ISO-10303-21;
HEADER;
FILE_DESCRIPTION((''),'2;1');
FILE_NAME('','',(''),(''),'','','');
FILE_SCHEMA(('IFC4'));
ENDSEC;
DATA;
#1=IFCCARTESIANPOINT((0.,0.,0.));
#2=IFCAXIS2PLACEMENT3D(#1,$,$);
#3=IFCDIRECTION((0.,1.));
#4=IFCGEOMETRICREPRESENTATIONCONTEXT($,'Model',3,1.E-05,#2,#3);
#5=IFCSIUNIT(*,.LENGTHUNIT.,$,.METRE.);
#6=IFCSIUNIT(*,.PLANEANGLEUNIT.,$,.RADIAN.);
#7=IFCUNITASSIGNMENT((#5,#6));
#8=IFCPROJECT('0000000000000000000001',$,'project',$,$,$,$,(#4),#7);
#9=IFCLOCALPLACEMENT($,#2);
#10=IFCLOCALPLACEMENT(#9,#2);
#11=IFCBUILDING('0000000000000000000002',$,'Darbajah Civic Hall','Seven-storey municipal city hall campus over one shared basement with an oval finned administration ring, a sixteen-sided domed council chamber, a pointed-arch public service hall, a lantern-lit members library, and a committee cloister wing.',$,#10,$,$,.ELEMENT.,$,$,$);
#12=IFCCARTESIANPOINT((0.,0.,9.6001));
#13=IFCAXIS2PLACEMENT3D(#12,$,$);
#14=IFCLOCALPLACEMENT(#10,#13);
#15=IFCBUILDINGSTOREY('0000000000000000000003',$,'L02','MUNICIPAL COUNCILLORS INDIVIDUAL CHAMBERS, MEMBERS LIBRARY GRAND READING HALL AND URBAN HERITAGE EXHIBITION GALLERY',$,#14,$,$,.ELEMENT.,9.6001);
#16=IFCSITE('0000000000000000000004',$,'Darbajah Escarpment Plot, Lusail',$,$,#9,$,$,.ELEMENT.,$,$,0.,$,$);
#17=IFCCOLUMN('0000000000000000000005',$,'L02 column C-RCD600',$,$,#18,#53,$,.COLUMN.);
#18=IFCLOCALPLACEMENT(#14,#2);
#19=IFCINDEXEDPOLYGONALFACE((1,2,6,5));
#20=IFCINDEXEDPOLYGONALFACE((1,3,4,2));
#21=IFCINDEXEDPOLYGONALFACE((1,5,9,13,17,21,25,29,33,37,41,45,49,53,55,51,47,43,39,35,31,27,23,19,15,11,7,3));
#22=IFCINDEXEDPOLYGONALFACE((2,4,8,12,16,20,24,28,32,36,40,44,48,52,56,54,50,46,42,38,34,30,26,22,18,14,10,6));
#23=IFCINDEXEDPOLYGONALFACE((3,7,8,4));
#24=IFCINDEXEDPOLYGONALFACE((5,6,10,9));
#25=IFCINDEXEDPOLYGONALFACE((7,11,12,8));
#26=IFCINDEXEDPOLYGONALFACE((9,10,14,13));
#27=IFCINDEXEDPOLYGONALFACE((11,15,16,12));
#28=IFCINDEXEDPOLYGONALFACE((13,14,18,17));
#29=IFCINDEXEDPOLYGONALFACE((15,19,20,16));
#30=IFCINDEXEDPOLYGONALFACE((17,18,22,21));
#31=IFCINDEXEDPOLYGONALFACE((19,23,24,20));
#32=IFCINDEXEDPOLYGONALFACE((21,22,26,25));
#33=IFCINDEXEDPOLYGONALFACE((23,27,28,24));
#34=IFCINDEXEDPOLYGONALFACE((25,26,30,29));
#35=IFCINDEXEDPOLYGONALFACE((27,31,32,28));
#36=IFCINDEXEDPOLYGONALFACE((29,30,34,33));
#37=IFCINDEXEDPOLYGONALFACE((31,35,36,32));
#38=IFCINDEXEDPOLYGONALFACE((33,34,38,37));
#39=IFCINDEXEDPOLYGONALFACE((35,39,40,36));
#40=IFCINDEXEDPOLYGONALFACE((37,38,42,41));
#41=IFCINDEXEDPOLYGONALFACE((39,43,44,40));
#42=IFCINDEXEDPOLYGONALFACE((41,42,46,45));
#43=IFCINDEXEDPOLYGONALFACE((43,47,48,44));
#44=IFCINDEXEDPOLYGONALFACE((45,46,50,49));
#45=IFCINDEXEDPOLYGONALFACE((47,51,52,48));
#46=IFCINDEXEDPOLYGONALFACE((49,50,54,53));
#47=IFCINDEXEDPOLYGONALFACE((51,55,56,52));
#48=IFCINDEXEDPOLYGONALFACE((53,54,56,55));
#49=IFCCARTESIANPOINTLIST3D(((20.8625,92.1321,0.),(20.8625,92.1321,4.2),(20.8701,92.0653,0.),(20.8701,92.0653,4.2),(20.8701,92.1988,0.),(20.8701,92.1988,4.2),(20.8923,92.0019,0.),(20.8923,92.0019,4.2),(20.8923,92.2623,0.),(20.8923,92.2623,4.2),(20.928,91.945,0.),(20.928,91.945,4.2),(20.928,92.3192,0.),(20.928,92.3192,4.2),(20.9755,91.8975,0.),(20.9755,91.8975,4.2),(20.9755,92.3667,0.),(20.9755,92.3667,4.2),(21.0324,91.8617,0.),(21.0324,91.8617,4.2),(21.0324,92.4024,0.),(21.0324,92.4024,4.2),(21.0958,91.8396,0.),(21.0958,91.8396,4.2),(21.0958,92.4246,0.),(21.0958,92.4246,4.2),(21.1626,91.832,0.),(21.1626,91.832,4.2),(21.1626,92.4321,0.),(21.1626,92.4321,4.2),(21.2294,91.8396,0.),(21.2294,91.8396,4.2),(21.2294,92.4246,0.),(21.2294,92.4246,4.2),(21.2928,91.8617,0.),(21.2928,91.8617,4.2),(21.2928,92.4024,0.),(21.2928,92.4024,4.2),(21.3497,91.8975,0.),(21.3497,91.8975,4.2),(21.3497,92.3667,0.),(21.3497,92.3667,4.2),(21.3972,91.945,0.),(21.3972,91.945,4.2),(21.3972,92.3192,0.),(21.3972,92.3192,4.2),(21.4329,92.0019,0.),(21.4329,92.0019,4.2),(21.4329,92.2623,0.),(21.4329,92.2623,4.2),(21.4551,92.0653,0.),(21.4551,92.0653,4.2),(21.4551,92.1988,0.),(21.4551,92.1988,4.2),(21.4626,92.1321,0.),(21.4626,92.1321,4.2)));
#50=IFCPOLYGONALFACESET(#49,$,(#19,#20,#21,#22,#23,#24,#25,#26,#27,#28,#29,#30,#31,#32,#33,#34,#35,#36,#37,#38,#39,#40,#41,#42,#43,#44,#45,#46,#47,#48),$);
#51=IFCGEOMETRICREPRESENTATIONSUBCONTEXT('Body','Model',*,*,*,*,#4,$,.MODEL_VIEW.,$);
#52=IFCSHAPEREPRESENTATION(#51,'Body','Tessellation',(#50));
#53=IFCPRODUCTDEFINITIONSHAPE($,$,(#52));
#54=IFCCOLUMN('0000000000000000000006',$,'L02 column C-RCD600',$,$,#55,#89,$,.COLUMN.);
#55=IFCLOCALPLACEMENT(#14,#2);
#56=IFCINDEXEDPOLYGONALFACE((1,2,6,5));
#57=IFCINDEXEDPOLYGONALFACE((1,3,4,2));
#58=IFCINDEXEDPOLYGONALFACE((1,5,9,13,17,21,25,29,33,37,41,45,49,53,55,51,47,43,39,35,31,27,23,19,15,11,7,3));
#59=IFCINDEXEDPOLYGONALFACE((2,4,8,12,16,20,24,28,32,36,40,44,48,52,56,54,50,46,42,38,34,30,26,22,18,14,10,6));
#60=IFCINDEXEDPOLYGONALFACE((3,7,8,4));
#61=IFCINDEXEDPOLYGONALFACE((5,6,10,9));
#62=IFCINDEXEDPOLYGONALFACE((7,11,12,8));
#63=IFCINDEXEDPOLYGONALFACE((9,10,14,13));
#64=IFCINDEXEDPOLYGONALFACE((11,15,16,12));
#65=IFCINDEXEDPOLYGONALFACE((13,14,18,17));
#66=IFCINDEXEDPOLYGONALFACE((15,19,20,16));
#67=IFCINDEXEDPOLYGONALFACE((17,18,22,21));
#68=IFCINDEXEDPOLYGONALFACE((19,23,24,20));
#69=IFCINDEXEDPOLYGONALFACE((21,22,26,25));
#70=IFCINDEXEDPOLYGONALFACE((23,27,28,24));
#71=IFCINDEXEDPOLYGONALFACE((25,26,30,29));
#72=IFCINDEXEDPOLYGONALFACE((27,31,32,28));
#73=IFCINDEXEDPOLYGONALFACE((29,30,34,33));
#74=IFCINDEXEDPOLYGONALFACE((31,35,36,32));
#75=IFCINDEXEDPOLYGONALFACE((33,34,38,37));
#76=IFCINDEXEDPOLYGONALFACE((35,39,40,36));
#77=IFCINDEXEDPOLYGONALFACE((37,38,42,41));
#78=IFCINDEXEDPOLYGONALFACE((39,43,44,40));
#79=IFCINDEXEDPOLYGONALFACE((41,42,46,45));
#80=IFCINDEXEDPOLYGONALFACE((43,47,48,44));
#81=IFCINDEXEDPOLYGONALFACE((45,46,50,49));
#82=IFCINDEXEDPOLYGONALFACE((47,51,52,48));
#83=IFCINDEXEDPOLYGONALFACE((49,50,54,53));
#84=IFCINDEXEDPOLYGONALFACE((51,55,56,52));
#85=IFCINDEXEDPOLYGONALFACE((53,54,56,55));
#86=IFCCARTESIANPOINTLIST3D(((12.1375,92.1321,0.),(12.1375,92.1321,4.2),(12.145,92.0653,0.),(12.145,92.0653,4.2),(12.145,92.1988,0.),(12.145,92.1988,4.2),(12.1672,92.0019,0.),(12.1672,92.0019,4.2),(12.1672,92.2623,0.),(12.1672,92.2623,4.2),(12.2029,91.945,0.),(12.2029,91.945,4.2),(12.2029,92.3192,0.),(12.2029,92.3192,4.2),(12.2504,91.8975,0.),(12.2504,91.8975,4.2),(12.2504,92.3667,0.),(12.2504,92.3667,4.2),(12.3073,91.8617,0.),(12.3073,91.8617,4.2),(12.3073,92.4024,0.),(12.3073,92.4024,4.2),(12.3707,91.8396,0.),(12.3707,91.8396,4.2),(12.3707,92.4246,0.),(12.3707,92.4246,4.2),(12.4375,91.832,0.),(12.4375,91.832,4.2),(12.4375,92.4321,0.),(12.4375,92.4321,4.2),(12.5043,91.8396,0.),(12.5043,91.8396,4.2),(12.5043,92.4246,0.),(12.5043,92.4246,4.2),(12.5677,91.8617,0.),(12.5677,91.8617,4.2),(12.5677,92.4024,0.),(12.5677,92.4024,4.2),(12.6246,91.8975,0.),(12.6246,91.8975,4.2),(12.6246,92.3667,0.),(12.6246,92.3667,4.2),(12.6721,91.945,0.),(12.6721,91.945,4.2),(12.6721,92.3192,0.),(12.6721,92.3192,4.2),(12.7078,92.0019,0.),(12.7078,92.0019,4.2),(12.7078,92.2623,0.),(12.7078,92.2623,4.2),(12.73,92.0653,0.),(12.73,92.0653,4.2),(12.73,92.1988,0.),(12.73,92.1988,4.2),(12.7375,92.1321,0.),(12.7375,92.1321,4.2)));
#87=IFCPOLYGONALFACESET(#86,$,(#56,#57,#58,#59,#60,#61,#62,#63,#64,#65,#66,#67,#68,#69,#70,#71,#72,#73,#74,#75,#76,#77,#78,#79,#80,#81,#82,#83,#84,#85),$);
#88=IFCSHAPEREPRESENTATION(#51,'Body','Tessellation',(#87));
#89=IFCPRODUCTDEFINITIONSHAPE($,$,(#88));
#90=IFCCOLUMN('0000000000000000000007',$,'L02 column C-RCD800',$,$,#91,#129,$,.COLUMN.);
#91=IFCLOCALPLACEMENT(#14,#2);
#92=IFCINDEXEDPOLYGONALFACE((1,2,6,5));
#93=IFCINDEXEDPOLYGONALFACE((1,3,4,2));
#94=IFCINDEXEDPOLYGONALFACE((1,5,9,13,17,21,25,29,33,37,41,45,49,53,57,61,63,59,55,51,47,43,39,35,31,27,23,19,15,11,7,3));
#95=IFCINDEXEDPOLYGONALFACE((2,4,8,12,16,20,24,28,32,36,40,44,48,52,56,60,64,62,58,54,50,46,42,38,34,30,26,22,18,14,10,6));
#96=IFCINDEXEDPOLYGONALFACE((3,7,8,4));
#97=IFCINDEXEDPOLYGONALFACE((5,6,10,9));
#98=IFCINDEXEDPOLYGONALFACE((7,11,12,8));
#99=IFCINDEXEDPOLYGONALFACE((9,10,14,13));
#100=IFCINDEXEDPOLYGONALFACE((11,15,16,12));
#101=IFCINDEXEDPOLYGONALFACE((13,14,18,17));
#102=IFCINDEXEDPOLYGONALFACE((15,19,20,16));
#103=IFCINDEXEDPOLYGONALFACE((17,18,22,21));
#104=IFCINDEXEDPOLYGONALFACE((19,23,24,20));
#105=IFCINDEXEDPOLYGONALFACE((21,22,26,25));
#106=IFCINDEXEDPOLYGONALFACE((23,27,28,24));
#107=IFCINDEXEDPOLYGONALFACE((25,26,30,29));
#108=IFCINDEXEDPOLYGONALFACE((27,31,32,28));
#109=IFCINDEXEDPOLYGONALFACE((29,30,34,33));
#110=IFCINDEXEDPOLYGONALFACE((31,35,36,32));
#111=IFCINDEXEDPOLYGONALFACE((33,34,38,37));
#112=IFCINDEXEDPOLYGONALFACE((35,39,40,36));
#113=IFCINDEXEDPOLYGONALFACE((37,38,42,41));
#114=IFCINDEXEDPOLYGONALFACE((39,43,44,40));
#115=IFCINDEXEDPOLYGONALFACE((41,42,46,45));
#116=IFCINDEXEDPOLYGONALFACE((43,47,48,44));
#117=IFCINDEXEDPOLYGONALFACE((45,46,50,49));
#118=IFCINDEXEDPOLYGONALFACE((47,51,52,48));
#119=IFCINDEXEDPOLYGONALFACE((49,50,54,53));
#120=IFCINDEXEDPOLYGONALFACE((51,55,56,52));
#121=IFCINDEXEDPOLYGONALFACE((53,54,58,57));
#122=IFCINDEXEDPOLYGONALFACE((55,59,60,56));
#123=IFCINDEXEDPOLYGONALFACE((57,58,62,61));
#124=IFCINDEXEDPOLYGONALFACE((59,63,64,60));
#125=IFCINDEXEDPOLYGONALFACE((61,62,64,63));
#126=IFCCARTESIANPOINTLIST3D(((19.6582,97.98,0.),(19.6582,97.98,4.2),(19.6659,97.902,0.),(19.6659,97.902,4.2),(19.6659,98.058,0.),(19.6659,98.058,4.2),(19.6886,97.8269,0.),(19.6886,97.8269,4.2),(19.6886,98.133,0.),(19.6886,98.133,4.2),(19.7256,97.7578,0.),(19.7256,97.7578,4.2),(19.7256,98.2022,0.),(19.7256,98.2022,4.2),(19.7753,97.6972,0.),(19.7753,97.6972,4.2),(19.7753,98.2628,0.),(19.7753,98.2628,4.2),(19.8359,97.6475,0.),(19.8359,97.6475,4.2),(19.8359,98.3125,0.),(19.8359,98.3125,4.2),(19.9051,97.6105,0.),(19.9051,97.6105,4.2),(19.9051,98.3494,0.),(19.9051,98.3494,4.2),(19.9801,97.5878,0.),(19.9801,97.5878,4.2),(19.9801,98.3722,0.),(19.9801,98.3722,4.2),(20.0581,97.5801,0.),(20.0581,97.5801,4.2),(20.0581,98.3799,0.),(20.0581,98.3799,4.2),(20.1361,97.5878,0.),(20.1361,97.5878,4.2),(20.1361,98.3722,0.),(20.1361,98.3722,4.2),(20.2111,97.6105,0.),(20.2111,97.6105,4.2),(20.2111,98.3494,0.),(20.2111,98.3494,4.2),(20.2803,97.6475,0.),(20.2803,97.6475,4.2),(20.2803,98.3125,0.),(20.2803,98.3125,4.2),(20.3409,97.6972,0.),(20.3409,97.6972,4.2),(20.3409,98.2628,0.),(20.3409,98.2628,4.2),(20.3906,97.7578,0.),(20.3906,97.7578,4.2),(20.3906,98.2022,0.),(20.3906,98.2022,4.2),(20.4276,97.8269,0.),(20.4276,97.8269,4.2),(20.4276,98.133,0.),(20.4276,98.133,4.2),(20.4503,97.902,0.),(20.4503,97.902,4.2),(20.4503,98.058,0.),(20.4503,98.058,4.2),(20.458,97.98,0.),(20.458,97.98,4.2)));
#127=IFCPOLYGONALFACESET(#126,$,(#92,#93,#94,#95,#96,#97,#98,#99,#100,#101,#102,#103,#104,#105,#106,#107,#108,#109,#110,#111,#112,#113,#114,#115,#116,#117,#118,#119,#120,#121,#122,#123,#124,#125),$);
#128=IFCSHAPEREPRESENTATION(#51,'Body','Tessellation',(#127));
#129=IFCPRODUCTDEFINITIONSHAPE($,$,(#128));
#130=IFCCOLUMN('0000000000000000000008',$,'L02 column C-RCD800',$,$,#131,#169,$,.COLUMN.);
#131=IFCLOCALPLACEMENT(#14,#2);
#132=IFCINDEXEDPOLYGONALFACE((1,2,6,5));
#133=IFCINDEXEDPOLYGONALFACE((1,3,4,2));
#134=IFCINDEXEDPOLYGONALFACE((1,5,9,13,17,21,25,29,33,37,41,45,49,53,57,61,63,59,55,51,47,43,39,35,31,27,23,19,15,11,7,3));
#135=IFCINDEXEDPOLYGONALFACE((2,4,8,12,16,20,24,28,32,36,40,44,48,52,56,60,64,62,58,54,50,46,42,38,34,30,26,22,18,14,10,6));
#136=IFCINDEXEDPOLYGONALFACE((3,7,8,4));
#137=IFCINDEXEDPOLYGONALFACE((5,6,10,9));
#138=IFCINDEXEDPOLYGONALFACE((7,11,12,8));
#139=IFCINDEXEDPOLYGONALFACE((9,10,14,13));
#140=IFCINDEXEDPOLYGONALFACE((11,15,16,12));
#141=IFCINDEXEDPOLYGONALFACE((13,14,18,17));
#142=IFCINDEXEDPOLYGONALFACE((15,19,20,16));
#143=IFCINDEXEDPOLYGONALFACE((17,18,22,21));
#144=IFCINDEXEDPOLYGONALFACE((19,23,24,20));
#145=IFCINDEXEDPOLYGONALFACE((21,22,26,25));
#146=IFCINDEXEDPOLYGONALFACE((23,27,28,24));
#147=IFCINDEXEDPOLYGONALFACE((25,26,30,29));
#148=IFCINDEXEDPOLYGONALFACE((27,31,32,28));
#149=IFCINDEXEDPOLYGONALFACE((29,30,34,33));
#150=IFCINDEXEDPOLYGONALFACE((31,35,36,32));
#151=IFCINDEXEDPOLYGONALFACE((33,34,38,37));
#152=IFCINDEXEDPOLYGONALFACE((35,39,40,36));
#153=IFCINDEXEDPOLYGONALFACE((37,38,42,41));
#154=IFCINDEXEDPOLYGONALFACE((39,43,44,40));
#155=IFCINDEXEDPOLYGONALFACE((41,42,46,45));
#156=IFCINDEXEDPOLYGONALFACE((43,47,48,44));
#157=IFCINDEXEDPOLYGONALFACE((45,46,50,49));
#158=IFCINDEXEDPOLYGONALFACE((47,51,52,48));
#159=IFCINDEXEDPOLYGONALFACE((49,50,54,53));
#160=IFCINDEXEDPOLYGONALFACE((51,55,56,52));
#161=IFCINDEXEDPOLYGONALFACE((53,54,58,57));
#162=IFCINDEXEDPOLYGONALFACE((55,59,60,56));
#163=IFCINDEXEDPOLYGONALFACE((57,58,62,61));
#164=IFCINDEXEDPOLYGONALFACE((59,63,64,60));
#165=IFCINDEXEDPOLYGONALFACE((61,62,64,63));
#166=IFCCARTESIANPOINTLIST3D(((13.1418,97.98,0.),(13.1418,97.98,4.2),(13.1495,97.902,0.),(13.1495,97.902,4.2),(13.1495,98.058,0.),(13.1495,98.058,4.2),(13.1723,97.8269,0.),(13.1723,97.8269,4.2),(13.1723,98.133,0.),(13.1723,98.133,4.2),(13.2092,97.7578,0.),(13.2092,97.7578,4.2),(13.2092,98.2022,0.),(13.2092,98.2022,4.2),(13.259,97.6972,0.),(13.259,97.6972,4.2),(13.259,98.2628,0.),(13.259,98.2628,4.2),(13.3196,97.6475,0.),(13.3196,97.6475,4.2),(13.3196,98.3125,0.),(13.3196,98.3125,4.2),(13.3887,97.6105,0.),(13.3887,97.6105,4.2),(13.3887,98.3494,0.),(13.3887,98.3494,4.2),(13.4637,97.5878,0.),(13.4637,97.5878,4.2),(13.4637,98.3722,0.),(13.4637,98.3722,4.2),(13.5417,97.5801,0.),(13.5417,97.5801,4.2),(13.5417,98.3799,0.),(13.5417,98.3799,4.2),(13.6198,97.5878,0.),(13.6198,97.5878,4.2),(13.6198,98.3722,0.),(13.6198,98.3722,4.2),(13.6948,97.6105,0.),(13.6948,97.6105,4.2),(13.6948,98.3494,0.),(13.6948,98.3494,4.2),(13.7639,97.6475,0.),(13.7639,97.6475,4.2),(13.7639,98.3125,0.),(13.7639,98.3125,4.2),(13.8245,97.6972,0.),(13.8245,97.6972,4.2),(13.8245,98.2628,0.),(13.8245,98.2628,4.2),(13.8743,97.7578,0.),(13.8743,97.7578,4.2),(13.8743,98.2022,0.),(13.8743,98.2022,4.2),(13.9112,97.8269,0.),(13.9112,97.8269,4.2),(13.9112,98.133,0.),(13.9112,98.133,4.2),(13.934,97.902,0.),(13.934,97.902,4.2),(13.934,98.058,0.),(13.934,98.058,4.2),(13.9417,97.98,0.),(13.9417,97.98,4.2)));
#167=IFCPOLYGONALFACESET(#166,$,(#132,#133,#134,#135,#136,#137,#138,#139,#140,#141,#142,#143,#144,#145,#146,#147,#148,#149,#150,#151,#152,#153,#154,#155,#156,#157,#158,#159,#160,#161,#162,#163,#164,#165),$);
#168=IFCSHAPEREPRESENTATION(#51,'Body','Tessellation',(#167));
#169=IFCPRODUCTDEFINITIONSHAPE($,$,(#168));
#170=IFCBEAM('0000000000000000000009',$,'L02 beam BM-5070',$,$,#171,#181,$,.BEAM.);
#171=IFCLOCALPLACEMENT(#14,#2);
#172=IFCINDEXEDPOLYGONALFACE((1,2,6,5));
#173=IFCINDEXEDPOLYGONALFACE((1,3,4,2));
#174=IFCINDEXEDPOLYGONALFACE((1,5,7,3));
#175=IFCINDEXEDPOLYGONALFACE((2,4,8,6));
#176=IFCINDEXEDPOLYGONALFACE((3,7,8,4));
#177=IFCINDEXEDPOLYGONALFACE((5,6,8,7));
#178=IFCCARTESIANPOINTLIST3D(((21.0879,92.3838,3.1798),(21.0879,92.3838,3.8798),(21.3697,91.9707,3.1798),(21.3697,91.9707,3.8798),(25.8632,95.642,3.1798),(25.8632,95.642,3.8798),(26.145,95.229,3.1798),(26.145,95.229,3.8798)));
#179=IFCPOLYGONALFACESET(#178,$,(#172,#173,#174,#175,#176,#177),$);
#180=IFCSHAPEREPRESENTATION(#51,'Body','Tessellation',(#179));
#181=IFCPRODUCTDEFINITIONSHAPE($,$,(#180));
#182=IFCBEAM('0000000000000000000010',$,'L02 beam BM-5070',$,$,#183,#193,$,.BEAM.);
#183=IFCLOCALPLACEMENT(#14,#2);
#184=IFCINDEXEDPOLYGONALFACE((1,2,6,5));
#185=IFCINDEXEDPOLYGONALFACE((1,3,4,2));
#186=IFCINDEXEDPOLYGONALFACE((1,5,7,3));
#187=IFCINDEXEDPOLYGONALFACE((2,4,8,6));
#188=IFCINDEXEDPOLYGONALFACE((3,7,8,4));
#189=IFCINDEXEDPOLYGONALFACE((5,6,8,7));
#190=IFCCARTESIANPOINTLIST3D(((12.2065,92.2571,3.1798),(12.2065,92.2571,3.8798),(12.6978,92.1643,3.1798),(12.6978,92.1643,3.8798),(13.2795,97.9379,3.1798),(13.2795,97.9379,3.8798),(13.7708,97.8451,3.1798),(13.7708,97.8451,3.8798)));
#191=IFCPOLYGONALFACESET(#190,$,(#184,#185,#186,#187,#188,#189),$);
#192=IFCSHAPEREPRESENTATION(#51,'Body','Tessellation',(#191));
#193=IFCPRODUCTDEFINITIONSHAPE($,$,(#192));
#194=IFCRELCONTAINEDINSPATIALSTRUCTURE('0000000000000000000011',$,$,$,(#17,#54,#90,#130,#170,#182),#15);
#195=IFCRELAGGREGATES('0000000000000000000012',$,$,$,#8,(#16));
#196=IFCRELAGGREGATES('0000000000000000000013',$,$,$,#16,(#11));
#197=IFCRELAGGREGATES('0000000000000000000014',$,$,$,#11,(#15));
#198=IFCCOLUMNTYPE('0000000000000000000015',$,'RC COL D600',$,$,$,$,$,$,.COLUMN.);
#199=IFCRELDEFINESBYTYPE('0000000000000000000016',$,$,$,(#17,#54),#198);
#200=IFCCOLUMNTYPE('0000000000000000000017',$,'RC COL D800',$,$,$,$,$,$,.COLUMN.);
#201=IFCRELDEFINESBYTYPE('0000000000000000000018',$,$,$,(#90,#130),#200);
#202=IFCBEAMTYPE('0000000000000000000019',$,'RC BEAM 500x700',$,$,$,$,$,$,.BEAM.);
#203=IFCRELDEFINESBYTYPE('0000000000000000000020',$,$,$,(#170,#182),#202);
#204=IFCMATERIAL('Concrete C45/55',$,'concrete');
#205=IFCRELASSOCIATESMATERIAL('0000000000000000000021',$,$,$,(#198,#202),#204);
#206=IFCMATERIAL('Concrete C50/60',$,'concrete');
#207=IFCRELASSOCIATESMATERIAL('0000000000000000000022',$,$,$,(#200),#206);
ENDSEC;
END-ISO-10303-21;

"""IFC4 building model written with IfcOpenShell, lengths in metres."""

from ifc_helpers import new_model, si_unit, direction, frame, origin, origin_2d, place, context, subcontext, project, spatial, rectangle, circle, extrude, material, material_profile, profile_set, type_object, element, save


model = new_model("IFC4")

# Units and contexts
model_context = context("Model", 3, precision=1e-05, world=origin(), true_north=direction((0.0, 1.0)))
body_context = subcontext(model_context, "Body", "Model", "MODEL_VIEW")
ifc_project = project(units=[si_unit("LENGTHUNIT", "METRE"), si_unit("PLANEANGLEUNIT", "RADIAN")], contexts=[model_context])

# Site, building, storey
site_placement = place(None, origin())
site = spatial("IfcSite", under=ifc_project, at=site_placement, Name="Darbajah Escarpment Plot, Lusail", CompositionType="ELEMENT", RefElevation=0.0)
building_placement = place(site_placement, origin())
building = spatial("IfcBuilding", under=site, at=building_placement, Name="Darbajah Civic Hall", Description="Seven-storey municipal city hall campus over one shared basement with an oval finned administration ring, a sixteen-sided domed council chamber, a pointed-arch public service hall, a lantern-lit members library, and a committee cloister wing.", CompositionType="ELEMENT")
storey_placement = place(building_placement, frame((0.0, 0.0, 9.6001)))
storey = spatial("IfcBuildingStorey", under=building, at=storey_placement, Name="L02", Description="MUNICIPAL COUNCILLORS INDIVIDUAL CHAMBERS, MEMBERS LIBRARY GRAND READING HALL AND URBAN HERITAGE EXHIBITION GALLERY", CompositionType="ELEMENT", Elevation=9.6001)

# Columns
ifc_material_1 = material(Name="Concrete C45/55", Category="concrete")
ifc_material_profile_1 = material_profile(ifc_material_1, circle(Radius=0.3, at=origin_2d()), Name="RC COL D600")
ifc_profile_set_1 = profile_set([ifc_material_profile_1], Name="Concrete C45/55")
column_type_1 = type_object("IfcColumnType", Name="RC COL D600", PredefinedType="COLUMN", material=ifc_profile_set_1)
for number, where, z_axis, x_axis, name in (
    (1, (21.1626, 92.1321, 0.0), (0.0, 0.0, 1.0), (1.0, 0.0, 0.0), "L02 column C-RCD600"),
    (2, (12.4375, 92.1321, 0.0), (0.0, 0.0, 1.0), (1.0, 0.0, 0.0), "L02 column C-RCD600"),
):
    element("IfcColumn", number, at=place(storey_placement, frame(where, z_axis=z_axis, x_axis=x_axis)), inside=storey, type_object=column_type_1, Name=name, PredefinedType="COLUMN", context=body_context, shape_type="SweptSolid", body=[
        extrude(circle(Radius=0.3, at=origin_2d()), origin(), (0.0, 0.0, 1.0), 4.2),
    ])
ifc_material_2 = material(Name="Concrete C50/60", Category="concrete")
ifc_material_profile_2 = material_profile(ifc_material_2, circle(Radius=0.3999, at=origin_2d()), Name="RC COL D800")
ifc_profile_set_2 = profile_set([ifc_material_profile_2], Name="Concrete C50/60")
column_type_2 = type_object("IfcColumnType", Name="RC COL D800", PredefinedType="COLUMN", material=ifc_profile_set_2)
for number, where, z_axis, x_axis, name in (
    (3, (20.0581, 97.98, 0.0), (0.0, 0.0, 1.0), (1.0, 0.0, 0.0), "L02 column C-RCD800"),
    (4, (13.5417, 97.98, 0.0), (0.0, 0.0, 1.0), (1.0, 0.0, 0.0), "L02 column C-RCD800"),
):
    element("IfcColumn", number, at=place(storey_placement, frame(where, z_axis=z_axis, x_axis=x_axis)), inside=storey, type_object=column_type_2, Name=name, PredefinedType="COLUMN", context=body_context, shape_type="SweptSolid", body=[
        extrude(circle(Radius=0.3999, at=origin_2d()), origin(), (0.0, 0.0, 1.0), 4.2),
    ])

# Beams
ifc_material_profile_3 = material_profile(ifc_material_1, rectangle(XDim=0.5, YDim=0.7, at=origin_2d()), Name="RC BEAM 500x700")
ifc_profile_set_3 = profile_set([ifc_material_profile_3], Name="Concrete C45/55")
beam_type_1 = type_object("IfcBeamType", Name="RC BEAM 500x700", PredefinedType="BEAM", material=ifc_profile_set_3)
beam_1_placement = place(storey_placement, frame((21.2288, 92.1772, 3.5298), z_axis=(0.826038, 0.563615, 0.0), x_axis=(-0.563615, 0.826038, 0.0)))
element("IfcBeam", 5, at=beam_1_placement, inside=storey, type_object=beam_type_1, Name="L02 beam BM-5070", PredefinedType="BEAM", context=body_context, shape_type="SweptSolid", body=[
    extrude(rectangle(XDim=0.5, YDim=0.7, at=origin_2d()), origin(), (0.0, 0.0, 1.0), 5.781),
])
beam_2_placement = place(storey_placement, frame((12.4521, 92.2107, 3.5298), z_axis=(0.185596, 0.982626, 0.0), x_axis=(-0.982626, 0.185596, 0.0)))
element("IfcBeam", 6, at=beam_2_placement, inside=storey, type_object=beam_type_1, Name="L02 beam BM-5070", PredefinedType="BEAM", context=body_context, shape_type="SweptSolid", body=[
    extrude(rectangle(XDim=0.5, YDim=0.7, at=origin_2d()), origin(), (0.0, 0.0, 1.0), 5.7812),
])

save(model, "model.ifc")
